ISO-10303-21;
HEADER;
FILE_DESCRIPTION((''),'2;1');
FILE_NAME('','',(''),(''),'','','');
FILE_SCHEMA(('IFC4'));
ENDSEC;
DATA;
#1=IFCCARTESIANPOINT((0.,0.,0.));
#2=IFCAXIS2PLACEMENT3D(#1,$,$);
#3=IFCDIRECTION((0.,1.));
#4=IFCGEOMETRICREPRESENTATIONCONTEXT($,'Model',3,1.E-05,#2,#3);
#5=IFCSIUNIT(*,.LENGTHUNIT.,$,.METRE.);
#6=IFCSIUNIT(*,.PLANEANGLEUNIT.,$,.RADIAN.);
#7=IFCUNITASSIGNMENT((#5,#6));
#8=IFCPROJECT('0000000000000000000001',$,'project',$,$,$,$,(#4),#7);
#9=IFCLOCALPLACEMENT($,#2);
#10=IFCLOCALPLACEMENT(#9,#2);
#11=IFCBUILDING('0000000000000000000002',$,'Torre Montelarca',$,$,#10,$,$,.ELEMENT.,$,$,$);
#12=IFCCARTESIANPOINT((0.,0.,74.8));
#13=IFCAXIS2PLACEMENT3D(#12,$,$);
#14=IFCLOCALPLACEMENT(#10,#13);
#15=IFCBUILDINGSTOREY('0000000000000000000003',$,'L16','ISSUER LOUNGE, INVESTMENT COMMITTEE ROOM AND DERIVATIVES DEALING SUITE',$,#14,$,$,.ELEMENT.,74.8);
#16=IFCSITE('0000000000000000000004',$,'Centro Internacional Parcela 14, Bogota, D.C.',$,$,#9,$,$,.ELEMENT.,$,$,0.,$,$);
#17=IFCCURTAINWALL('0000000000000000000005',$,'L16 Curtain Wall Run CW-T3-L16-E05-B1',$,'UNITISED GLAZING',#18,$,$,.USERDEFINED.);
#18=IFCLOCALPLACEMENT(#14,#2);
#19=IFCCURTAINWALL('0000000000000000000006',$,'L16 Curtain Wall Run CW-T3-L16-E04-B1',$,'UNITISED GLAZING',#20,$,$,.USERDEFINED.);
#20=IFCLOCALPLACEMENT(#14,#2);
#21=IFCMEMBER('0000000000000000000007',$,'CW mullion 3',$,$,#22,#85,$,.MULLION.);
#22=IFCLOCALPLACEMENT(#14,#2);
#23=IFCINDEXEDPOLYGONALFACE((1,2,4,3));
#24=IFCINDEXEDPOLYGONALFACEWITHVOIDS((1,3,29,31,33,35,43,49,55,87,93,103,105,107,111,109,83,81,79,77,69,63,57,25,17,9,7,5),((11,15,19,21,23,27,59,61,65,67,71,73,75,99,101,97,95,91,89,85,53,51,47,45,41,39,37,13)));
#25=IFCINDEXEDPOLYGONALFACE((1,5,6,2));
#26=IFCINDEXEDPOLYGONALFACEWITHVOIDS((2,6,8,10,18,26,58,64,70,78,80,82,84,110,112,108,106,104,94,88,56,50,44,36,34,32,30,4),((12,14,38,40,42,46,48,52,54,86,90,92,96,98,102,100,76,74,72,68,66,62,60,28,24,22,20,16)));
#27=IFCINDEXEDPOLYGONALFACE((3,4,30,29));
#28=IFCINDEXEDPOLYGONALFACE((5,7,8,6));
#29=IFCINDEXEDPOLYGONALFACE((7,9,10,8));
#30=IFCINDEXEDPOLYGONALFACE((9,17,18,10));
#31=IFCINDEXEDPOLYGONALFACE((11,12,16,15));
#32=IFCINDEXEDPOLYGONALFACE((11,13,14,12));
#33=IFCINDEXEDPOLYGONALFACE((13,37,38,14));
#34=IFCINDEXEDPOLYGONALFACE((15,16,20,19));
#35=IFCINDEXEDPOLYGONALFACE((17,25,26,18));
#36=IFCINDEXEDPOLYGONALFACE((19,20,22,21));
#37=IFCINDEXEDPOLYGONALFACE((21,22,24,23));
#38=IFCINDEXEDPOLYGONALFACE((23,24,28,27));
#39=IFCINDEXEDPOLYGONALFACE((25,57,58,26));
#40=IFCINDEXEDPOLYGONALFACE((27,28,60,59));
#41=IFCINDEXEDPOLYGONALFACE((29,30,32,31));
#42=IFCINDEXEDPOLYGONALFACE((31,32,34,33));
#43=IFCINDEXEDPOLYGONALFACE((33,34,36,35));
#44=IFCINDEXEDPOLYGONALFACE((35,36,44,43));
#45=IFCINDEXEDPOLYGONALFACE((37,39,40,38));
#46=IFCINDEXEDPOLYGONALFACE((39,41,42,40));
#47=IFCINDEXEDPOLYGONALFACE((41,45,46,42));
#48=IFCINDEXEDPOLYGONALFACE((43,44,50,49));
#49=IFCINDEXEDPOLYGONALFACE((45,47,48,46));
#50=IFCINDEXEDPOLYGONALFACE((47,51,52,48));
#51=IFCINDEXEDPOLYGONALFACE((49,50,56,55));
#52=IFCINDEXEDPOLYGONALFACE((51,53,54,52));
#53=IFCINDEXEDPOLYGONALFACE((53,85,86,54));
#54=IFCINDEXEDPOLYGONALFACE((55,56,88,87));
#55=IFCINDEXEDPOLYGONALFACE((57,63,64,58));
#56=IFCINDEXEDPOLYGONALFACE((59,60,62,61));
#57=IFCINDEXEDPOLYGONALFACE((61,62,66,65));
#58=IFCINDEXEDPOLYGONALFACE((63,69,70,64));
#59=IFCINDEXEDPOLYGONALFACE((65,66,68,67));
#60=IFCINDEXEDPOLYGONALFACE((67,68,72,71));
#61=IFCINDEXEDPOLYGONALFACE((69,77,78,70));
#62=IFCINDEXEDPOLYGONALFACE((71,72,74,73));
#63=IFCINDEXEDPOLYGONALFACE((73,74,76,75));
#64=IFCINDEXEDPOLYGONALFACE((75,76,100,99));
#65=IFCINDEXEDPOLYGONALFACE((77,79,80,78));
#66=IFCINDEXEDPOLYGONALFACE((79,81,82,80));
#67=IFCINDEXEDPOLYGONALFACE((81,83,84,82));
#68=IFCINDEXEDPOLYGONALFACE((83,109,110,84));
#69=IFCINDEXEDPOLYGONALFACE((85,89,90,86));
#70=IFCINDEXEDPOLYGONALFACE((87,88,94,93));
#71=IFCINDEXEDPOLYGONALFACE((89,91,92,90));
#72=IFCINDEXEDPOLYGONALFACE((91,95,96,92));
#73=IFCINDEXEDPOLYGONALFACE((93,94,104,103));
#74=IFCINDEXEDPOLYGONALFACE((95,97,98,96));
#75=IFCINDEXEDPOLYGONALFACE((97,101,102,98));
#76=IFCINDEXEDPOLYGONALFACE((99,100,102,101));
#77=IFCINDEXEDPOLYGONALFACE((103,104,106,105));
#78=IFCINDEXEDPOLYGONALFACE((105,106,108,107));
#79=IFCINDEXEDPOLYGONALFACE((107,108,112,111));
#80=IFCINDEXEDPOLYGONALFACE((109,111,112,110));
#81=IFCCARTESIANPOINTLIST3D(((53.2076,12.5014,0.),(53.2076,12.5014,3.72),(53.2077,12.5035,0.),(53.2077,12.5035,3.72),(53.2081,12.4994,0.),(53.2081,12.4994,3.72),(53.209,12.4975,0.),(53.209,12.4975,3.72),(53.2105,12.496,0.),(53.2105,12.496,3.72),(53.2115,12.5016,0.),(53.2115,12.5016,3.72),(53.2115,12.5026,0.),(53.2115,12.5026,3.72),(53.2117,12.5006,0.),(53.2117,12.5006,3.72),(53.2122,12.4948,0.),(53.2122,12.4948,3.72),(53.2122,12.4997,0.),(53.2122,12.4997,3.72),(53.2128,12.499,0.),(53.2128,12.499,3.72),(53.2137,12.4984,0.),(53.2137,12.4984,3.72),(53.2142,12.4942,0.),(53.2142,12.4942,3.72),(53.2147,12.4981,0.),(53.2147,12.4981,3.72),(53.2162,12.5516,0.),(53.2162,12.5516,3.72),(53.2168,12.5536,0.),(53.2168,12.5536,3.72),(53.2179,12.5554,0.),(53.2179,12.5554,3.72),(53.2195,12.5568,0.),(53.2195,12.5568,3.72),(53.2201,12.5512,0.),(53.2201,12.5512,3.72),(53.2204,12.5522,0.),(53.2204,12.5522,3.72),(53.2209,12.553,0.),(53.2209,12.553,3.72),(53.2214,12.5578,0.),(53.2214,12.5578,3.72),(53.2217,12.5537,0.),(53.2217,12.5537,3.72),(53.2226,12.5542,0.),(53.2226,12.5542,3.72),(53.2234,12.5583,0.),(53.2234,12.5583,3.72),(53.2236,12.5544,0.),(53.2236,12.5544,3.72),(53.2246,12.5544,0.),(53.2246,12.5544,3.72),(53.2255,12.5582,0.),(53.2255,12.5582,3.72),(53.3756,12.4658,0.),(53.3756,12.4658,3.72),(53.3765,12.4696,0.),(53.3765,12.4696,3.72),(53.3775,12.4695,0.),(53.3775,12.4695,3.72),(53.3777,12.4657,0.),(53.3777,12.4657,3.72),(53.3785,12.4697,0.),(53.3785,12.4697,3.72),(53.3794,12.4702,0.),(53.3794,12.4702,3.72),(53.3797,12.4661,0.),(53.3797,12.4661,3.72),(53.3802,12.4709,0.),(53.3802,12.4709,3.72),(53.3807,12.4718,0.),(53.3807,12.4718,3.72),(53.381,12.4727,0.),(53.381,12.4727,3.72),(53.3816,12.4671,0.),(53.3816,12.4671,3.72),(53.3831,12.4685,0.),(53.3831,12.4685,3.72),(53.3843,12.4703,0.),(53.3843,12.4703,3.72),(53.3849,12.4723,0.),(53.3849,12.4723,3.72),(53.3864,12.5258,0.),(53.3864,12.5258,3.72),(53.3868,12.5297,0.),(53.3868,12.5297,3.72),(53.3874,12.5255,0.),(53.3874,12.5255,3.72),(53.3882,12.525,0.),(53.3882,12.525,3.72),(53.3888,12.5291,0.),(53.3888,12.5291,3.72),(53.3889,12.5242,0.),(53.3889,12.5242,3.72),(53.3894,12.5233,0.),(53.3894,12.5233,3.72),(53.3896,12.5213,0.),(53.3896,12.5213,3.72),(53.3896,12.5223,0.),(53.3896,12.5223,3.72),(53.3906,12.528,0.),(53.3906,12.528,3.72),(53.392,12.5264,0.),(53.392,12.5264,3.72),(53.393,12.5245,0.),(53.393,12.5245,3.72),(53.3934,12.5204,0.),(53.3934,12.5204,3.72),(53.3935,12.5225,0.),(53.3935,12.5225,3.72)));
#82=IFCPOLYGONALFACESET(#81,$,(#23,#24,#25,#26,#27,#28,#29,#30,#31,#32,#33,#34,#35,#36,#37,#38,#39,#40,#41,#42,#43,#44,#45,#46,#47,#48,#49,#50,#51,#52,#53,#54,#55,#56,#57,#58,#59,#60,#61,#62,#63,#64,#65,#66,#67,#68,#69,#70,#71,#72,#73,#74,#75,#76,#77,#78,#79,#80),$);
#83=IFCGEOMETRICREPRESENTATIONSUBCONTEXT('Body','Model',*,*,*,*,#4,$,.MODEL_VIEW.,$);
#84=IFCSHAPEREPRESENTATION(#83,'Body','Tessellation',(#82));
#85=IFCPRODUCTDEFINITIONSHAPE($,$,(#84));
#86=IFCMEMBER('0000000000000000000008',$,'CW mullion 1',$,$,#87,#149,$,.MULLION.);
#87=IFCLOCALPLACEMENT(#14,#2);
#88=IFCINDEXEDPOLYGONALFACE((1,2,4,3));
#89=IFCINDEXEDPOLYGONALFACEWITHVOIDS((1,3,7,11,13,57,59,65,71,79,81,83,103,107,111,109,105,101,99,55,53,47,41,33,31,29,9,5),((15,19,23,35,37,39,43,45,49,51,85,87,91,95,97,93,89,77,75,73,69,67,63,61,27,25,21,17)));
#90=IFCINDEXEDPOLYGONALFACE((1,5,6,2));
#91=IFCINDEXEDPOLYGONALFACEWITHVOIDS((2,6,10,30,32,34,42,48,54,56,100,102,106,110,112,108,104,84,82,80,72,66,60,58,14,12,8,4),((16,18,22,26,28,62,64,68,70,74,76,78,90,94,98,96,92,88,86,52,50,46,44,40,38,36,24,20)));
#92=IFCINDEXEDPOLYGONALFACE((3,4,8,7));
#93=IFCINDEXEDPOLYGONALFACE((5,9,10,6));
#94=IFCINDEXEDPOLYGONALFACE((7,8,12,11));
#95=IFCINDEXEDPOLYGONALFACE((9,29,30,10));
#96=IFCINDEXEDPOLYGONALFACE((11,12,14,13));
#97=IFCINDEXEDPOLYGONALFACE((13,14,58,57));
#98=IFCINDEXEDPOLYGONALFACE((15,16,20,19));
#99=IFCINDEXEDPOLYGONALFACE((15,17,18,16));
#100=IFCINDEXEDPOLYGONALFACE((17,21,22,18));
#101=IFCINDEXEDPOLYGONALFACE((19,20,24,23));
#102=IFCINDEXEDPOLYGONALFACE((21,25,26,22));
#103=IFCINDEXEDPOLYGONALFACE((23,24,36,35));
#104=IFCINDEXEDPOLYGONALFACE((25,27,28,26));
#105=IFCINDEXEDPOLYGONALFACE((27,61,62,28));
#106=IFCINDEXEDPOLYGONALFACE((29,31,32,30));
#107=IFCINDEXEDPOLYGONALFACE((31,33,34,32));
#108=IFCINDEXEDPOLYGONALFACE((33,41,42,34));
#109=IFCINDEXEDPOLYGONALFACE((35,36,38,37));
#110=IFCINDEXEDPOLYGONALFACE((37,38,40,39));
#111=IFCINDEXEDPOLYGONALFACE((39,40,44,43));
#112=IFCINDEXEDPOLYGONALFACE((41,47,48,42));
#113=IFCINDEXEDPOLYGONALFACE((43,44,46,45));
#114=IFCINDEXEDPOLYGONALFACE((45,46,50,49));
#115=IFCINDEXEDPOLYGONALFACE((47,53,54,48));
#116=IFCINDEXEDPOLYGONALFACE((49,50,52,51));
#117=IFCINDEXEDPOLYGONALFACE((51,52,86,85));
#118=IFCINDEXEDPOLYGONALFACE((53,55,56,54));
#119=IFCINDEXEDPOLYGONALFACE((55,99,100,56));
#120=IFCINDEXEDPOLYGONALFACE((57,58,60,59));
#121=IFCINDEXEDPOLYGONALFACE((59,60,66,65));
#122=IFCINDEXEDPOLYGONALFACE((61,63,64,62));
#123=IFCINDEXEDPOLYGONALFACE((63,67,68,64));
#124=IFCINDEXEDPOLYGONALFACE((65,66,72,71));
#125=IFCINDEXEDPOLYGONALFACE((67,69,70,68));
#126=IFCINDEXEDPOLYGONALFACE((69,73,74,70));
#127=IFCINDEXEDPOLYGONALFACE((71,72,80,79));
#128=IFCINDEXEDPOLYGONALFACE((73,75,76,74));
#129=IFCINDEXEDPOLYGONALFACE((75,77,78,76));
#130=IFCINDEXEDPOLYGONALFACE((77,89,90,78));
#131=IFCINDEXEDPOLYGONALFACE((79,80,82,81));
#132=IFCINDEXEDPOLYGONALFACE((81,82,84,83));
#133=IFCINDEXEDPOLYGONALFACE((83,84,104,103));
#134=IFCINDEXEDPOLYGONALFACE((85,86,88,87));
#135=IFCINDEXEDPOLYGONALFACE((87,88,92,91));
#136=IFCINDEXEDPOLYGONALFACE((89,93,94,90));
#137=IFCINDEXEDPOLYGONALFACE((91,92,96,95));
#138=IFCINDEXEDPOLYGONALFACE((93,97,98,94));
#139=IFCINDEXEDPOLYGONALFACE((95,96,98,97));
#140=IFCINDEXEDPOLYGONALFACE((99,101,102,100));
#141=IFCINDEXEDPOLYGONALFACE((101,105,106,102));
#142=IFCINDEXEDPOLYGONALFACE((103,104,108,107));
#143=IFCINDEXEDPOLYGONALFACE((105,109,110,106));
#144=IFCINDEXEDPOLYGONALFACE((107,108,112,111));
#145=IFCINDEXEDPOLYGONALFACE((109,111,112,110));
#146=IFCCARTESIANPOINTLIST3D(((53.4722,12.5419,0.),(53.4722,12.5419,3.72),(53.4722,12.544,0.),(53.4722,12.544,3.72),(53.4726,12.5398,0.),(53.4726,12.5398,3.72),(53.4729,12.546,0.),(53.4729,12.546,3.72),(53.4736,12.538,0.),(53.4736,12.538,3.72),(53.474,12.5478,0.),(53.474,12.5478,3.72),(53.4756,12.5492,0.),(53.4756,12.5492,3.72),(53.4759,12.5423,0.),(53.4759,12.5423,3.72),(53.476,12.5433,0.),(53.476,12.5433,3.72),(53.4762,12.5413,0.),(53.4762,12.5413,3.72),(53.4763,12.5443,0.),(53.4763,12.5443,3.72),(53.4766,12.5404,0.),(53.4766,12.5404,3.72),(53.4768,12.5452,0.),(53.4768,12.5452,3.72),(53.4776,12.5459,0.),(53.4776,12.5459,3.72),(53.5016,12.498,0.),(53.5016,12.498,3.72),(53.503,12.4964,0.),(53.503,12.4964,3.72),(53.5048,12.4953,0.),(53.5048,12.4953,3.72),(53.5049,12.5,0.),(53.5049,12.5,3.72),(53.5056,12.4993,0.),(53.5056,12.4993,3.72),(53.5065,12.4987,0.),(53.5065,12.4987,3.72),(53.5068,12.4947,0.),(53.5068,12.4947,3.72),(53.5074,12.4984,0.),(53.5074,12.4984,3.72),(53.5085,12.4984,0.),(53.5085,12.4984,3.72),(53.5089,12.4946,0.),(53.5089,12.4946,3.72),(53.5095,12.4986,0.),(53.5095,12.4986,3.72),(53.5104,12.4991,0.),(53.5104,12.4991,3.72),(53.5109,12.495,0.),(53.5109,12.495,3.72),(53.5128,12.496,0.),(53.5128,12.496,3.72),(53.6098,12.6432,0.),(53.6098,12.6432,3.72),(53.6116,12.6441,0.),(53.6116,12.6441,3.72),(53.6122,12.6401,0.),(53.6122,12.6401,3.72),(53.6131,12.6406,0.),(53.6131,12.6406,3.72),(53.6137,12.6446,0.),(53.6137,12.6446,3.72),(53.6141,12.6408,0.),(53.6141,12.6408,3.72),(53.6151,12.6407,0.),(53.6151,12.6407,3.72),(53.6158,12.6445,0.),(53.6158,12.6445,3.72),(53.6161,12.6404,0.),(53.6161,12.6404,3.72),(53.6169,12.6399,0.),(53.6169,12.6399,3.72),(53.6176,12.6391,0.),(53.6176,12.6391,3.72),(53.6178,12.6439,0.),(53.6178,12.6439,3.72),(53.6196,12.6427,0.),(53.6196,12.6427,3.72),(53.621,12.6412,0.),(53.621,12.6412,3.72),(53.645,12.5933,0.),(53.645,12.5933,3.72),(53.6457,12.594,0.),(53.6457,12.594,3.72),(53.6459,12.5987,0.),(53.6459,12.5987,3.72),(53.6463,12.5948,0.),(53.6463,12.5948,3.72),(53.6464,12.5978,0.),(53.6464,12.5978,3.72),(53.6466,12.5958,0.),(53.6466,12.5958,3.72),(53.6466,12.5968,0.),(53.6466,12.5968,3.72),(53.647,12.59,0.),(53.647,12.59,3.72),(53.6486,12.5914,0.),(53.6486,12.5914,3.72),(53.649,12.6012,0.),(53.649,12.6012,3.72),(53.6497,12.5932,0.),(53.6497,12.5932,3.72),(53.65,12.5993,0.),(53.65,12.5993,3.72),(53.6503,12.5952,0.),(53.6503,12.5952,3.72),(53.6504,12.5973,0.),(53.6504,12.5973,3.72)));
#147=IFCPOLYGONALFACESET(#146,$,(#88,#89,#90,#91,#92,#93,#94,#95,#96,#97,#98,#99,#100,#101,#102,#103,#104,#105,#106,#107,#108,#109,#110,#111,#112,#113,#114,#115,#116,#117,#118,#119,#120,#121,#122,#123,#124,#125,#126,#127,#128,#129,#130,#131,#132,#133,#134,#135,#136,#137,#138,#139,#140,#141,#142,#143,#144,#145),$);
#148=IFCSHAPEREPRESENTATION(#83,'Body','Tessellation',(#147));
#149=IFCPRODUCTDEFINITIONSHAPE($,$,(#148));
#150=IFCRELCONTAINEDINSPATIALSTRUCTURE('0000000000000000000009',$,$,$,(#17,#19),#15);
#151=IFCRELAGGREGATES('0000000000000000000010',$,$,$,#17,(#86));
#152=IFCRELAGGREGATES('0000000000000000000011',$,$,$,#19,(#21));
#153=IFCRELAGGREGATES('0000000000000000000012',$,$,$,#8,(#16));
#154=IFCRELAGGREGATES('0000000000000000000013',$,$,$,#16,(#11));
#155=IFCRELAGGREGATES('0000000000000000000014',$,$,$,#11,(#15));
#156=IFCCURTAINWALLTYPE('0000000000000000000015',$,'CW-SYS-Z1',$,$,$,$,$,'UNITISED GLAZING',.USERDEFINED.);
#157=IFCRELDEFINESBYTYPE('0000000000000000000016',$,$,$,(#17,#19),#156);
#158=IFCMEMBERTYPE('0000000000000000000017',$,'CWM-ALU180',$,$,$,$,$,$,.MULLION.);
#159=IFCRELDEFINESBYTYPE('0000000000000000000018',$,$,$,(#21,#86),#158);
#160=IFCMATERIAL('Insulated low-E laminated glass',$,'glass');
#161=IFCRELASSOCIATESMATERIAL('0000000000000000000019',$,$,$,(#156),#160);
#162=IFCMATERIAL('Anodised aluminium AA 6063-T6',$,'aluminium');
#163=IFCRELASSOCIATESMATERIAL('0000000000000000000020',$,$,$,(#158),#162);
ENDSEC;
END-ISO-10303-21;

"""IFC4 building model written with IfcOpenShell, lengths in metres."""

from ifc_helpers import new_model, si_unit, direction, frame, origin, origin_2d, place, context, subcontext, project, spatial, hollow_rectangle, extrude, source, transform, mapped, material, material_profile, profile_set, type_object, element, aggregate, save


model = new_model("IFC4")

# Units and contexts
model_context = context("Model", 3, precision=1e-05, world=origin(), true_north=direction((0.0, 1.0)))
body_context = subcontext(model_context, "Body", "Model", "MODEL_VIEW")
ifc_project = project(units=[si_unit("LENGTHUNIT", "METRE"), si_unit("PLANEANGLEUNIT", "RADIAN")], contexts=[model_context])

# Site, building, storey
site_placement = place(None, origin())
site = spatial("IfcSite", under=ifc_project, at=site_placement, Name="Centro Internacional Parcela 14, Bogota, D.C.", CompositionType="ELEMENT", RefElevation=0.0)
building_placement = place(site_placement, origin())
building = spatial("IfcBuilding", under=site, at=building_placement, Name="Torre Montelarca", CompositionType="ELEMENT")
storey_placement = place(building_placement, frame((0.0, 0.0, 74.8)))
storey = spatial("IfcBuildingStorey", under=building, at=storey_placement, Name="L16", Description="ISSUER LOUNGE, INVESTMENT COMMITTEE ROOM AND DERIVATIVES DEALING SUITE", CompositionType="ELEMENT", Elevation=74.8)

# Curtain walls, member
ifc_material_1 = material(Name="Insulated low-E laminated glass", Category="glass")
curtain_wall_type = type_object("IfcCurtainWallType", Name="CW-SYS-Z1", ElementType="UNITISED GLAZING", PredefinedType="USERDEFINED", material=ifc_material_1)
curtain_wall_1_placement = place(storey_placement, origin())
curtain_wall_1 = element("IfcCurtainWall", 1, at=curtain_wall_1_placement, inside=storey, type_object=curtain_wall_type, Name="L16 Curtain Wall Run CW-T3-L16-E05-B1", ObjectType="UNITISED GLAZING", PredefinedType="USERDEFINED")
ifc_material_2 = material(Name="Anodised aluminium AA 6063-T6", Category="aluminium")
curtain_wall_2_placement = place(storey_placement, origin())
curtain_wall_2 = element("IfcCurtainWall", 2, at=curtain_wall_2_placement, inside=storey, type_object=curtain_wall_type, Name="L16 Curtain Wall Run CW-T3-L16-E04-B1", ObjectType="UNITISED GLAZING", PredefinedType="USERDEFINED")
ifc_material_profile_1 = material_profile(ifc_material_2, hollow_rectangle(XDim=0.0649, YDim=0.1799, WallThickness=0.0039, InnerFilletRadius=0.0039, OuterFilletRadius=0.0081, at=origin_2d()), Name="ALU65X180X4", Category="aluminium")
ifc_profile_set_1 = profile_set([ifc_material_profile_1], Name="Anodised aluminium AA 6063-T6")
member_type_1 = type_object("IfcMemberType", Name="CWM-ALU180", PredefinedType="MULLION", material=ifc_profile_set_1)
shared_shape_1 = source(origin(), body_context, "Body", "SweptSolid", [
    extrude(hollow_rectangle(XDim=0.0649, YDim=0.1799, WallThickness=0.0039, InnerFilletRadius=0.0039, OuterFilletRadius=0.0081, at=origin_2d()), origin(), (0.0, 0.0, 1.0), 3.72),
])
member_1_placement = place(storey_placement, frame((53.3005, 12.512, 0.0), z_axis=(0.0, 0.0, 1.0), x_axis=(0.173643, 0.984809, 0.0)))
member_1 = element("IfcMember", 3, at=member_1_placement, type_object=member_type_1, Name="CW mullion 3", PredefinedType="MULLION", context=body_context, shape_type="MappedRepresentation", body=[
    mapped(shared_shape_1, transform((0.0, 0.0, 0.0), scale=1.0)),
])

# Member
member_2_placement = place(storey_placement, frame((53.5613, 12.5696, 0.0), z_axis=(0.0, 0.0, 1.0), x_axis=(-0.573546, 0.819174, 0.0)))
member_2 = element("IfcMember", 4, at=member_2_placement, type_object=member_type_1, Name="CW mullion 1", PredefinedType="MULLION", context=body_context, shape_type="MappedRepresentation", body=[
    mapped(shared_shape_1, transform((0.0, 0.0, 0.0), scale=1.0)),
])

aggregate(curtain_wall_1, [member_2])
aggregate(curtain_wall_2, [member_1])

save(model, "model.ifc")
